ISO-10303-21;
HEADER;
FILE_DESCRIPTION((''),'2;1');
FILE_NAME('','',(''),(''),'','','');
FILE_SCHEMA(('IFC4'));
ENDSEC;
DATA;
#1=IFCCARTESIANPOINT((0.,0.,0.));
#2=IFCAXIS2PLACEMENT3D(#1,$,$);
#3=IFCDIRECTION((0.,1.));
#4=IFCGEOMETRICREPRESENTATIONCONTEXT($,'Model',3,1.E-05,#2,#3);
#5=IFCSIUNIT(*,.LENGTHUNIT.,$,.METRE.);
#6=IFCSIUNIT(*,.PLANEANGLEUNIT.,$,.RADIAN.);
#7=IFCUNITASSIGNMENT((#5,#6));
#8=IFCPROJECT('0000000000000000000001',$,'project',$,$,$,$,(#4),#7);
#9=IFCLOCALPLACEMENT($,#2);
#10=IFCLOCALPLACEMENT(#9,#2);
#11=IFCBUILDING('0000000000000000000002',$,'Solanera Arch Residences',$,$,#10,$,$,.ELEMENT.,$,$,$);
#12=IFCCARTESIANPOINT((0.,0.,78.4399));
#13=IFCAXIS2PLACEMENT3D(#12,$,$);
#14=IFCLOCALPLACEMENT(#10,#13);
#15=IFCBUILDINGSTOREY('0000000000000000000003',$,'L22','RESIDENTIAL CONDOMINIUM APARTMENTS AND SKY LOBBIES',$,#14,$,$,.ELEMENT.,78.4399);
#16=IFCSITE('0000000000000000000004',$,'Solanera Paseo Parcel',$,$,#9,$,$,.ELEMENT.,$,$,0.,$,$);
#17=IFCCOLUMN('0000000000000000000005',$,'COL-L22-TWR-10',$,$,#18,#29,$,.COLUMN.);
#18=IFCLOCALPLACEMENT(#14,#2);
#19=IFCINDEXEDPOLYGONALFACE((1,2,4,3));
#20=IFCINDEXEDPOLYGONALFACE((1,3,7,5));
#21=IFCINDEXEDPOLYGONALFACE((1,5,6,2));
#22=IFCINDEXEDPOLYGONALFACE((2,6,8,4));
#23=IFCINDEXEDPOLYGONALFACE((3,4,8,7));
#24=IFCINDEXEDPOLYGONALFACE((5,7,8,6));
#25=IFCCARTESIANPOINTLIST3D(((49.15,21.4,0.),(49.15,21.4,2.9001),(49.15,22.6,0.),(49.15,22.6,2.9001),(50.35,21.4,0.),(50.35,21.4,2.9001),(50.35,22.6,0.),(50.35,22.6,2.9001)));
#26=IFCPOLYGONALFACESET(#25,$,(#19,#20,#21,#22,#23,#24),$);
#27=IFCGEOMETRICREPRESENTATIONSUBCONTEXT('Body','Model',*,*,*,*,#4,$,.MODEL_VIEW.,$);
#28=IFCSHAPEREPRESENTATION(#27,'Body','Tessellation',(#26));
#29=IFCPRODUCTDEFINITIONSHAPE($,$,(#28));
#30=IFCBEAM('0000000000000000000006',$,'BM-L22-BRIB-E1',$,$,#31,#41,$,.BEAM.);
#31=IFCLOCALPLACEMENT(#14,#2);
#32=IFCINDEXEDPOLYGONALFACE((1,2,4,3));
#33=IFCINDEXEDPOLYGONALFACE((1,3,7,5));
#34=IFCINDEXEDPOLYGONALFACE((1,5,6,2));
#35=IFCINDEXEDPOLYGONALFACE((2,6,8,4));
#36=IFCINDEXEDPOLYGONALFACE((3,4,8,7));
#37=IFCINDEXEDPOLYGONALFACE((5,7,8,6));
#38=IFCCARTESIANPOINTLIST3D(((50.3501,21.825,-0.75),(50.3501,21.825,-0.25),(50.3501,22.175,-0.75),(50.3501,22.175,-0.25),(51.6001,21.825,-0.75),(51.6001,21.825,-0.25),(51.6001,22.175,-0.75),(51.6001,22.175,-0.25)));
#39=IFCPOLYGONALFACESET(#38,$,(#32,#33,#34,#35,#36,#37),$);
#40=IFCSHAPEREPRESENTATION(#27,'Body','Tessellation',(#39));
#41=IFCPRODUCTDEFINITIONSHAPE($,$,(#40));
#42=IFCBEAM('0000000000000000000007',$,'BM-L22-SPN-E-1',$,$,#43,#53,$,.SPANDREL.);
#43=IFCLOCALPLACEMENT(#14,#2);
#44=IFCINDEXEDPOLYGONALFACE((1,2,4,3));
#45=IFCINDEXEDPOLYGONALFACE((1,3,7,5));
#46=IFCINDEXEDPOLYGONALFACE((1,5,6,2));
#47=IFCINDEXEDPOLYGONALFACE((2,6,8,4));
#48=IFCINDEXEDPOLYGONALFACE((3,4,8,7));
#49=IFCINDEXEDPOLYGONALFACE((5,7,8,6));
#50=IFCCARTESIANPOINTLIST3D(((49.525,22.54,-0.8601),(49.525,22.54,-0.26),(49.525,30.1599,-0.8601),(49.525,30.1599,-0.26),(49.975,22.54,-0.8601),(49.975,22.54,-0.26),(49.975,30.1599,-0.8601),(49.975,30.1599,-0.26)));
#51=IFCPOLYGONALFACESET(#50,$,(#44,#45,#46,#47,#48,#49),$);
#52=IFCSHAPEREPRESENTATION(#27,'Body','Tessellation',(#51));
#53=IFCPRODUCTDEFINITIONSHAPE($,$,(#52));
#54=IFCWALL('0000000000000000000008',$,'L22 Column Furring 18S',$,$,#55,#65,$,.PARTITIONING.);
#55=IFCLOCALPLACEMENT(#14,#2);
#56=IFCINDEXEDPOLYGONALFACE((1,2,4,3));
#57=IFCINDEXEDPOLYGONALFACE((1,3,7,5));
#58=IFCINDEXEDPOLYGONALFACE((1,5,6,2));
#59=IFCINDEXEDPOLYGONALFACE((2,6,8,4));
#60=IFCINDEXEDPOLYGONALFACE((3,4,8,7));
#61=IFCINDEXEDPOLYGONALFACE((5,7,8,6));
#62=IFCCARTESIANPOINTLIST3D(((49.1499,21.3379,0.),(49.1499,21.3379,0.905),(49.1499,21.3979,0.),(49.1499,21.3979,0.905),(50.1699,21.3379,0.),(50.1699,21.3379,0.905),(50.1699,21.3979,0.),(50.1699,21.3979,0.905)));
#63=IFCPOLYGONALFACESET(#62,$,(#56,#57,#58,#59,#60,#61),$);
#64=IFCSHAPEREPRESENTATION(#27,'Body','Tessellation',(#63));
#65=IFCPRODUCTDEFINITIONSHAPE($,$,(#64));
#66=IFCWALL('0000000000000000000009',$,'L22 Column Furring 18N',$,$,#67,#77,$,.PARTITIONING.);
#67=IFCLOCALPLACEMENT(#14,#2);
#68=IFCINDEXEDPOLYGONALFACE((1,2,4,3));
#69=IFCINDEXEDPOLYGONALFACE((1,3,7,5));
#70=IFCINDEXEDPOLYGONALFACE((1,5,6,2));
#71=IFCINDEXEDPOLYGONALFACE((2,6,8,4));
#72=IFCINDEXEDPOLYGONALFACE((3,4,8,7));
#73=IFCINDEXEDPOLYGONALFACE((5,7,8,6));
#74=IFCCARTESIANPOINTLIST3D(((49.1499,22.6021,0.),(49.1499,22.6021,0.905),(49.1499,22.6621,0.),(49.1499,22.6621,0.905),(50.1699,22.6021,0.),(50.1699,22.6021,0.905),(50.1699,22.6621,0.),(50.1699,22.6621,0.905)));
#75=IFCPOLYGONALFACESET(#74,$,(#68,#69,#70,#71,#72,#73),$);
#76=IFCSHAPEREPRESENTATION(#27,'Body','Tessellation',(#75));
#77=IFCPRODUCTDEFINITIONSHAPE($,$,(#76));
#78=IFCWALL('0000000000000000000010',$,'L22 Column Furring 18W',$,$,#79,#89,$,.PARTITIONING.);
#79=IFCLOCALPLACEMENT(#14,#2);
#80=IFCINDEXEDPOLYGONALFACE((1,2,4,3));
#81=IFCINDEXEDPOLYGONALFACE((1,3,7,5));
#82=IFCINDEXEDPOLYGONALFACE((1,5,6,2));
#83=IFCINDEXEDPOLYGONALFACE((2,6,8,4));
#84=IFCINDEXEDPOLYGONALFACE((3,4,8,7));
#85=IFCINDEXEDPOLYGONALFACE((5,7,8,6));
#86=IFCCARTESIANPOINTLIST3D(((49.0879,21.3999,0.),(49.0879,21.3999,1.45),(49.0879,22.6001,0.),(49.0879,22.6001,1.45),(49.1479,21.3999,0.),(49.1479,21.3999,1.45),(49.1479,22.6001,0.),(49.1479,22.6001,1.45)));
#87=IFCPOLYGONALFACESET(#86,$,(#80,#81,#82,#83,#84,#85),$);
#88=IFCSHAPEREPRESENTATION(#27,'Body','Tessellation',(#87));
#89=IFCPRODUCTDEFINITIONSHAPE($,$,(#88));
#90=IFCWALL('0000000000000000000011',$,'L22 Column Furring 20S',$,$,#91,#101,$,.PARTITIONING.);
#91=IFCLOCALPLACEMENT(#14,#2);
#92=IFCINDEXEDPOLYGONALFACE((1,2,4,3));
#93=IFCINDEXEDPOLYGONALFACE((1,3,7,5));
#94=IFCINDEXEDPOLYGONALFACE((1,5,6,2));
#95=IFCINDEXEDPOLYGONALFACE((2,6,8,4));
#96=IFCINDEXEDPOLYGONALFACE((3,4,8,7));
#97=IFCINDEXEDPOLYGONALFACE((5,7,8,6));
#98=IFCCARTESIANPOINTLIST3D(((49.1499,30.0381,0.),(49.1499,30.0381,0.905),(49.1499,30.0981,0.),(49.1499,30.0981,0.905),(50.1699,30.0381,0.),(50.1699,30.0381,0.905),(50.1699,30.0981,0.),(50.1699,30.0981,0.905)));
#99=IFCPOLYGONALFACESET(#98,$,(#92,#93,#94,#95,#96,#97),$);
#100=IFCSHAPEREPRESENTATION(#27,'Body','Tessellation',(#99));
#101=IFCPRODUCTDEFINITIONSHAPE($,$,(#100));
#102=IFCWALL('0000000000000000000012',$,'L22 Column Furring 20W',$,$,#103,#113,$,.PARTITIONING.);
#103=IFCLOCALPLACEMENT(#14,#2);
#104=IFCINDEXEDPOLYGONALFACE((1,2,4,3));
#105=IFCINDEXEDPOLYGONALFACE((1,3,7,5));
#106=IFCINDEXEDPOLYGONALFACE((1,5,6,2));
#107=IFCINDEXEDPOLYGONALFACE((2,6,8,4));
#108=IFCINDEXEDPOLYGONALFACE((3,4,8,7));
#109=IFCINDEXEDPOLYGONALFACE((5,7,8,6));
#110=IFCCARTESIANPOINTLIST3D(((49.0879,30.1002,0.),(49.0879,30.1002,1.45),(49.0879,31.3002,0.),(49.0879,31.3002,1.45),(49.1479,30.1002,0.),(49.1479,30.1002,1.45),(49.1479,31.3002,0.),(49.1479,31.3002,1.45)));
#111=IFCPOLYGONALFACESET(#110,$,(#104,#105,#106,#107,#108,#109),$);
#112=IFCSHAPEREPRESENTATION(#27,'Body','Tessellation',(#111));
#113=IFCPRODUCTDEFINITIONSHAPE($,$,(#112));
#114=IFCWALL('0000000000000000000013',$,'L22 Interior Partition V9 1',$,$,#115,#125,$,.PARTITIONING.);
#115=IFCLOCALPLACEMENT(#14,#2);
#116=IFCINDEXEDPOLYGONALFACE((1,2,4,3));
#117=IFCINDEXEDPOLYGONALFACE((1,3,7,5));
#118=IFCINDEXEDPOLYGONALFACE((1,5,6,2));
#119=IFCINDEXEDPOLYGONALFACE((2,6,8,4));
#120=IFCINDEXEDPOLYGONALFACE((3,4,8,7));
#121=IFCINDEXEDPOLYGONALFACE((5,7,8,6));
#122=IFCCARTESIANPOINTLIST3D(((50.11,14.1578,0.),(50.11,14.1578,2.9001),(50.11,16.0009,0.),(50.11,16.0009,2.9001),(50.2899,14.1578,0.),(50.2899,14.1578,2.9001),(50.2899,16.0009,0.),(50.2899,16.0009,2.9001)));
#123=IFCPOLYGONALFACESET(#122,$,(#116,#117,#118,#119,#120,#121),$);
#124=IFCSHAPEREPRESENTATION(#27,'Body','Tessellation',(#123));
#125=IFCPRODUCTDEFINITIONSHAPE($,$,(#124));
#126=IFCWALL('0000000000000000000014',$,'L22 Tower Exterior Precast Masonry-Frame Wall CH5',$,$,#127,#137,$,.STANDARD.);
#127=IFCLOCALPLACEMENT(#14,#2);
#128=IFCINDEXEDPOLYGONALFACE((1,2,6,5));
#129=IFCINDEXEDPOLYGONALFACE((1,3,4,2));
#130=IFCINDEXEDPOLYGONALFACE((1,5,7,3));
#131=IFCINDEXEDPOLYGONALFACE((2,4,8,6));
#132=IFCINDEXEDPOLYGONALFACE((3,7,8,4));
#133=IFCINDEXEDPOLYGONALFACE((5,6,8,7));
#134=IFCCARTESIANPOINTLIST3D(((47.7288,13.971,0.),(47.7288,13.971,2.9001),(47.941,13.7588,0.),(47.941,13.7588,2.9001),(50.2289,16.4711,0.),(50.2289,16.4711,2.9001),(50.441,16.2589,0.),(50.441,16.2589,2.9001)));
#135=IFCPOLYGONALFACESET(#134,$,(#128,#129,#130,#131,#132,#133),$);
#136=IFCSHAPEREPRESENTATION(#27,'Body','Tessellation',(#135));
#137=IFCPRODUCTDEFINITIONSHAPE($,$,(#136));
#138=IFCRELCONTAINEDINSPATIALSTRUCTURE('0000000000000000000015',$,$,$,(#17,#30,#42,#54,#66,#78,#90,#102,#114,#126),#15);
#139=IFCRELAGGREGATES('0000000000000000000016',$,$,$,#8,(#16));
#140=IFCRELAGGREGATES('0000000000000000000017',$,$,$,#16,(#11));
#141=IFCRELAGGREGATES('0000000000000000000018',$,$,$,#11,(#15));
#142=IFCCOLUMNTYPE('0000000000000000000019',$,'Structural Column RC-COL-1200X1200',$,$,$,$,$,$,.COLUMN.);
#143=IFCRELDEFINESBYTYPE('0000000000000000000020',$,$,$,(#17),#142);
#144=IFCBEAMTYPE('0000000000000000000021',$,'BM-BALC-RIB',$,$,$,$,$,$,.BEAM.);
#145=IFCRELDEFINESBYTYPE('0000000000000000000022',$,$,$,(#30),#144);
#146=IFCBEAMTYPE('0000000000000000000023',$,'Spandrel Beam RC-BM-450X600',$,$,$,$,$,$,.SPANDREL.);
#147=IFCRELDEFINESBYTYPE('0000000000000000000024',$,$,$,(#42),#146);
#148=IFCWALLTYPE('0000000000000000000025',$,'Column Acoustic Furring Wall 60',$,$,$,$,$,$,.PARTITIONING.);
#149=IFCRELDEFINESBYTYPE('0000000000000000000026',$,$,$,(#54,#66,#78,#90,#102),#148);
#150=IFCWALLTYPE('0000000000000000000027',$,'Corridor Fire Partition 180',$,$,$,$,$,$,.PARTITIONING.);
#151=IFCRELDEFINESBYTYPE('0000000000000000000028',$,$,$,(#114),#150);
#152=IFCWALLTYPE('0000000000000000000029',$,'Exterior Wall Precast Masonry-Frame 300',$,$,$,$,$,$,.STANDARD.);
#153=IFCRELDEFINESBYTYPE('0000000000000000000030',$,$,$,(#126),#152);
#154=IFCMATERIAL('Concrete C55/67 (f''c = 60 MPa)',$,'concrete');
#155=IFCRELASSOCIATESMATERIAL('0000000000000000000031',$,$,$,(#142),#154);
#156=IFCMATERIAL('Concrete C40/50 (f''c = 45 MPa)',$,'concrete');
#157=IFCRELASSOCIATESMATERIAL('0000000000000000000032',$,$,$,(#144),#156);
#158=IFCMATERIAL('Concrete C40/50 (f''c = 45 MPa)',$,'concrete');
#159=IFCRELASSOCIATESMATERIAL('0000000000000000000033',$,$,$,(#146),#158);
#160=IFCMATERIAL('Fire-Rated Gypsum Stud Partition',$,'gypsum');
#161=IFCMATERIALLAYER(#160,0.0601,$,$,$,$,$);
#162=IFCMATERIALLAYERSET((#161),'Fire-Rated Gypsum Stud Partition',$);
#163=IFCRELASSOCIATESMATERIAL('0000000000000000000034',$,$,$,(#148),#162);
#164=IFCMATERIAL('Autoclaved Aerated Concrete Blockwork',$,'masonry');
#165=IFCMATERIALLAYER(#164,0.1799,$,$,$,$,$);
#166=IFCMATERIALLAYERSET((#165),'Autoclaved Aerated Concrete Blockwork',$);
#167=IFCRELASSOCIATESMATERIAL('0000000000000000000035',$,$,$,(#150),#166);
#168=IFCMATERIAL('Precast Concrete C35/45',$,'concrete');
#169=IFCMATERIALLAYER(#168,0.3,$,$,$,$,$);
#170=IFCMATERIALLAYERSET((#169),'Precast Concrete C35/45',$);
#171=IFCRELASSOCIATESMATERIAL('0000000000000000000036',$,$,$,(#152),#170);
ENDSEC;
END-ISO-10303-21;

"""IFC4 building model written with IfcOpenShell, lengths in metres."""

from ifc_helpers import new_model, si_unit, direction, frame, frame_2d, origin, origin_2d, place, context, subcontext, project, spatial, rectangle, extrude, material, layer, layer_set, material_profile, profile_set, type_object, element, save


model = new_model("IFC4")

# Units and contexts
model_context = context("Model", 3, precision=1e-05, world=origin(), true_north=direction((0.0, 1.0)))
body_context = subcontext(model_context, "Body", "Model", "MODEL_VIEW")
ifc_project = project(units=[si_unit("LENGTHUNIT", "METRE"), si_unit("PLANEANGLEUNIT", "RADIAN")], contexts=[model_context])

# Site, building, storey
site_placement = place(None, origin())
site = spatial("IfcSite", under=ifc_project, at=site_placement, Name="Solanera Paseo Parcel", CompositionType="ELEMENT", RefElevation=0.0)
building_placement = place(site_placement, origin())
building = spatial("IfcBuilding", under=site, at=building_placement, Name="Solanera Arch Residences", CompositionType="ELEMENT")
storey_placement = place(building_placement, frame((0.0, 0.0, 78.4399)))
storey = spatial("IfcBuildingStorey", under=building, at=storey_placement, Name="L22", Description="RESIDENTIAL CONDOMINIUM APARTMENTS AND SKY LOBBIES", CompositionType="ELEMENT", Elevation=78.4399)

# Column
ifc_material_1 = material(Name="Concrete C55/67 (f'c = 60 MPa)", Category="concrete")
ifc_material_profile_1 = material_profile(ifc_material_1, rectangle(XDim=1.2, YDim=1.2, at=origin_2d()))
ifc_profile_set_1 = profile_set([ifc_material_profile_1], Name="Concrete C55/67 (f'c = 60 MPa)")
column_type = type_object("IfcColumnType", Name="Structural Column RC-COL-1200X1200", PredefinedType="COLUMN", material=ifc_profile_set_1)
column_placement = place(storey_placement, frame((49.75, 22.0, 0.0), z_axis=(0.0, 0.0, 1.0), x_axis=(1.0, 0.0, 0.0)))
element("IfcColumn", 1, at=column_placement, inside=storey, type_object=column_type, Name="COL-L22-TWR-10", PredefinedType="COLUMN", context=body_context, shape_type="SweptSolid", body=[
    extrude(rectangle(XDim=1.2, YDim=1.2, at=origin_2d()), origin(), (0.0, 0.0, 1.0), 2.9001),
])

# Beams
ifc_material_2 = material(Name="Concrete C40/50 (f'c = 45 MPa)", Category="concrete")
ifc_material_profile_2 = material_profile(ifc_material_2, rectangle(XDim=0.3501, YDim=0.5, at=origin_2d()))
ifc_profile_set_2 = profile_set([ifc_material_profile_2], Name="Concrete C40/50 (f'c = 45 MPa)")
beam_type_1 = type_object("IfcBeamType", Name="BM-BALC-RIB", PredefinedType="BEAM", material=ifc_profile_set_2)
beam_1_placement = place(storey_placement, frame((50.3501, 22.0, -0.5), z_axis=(1.0, 0.0, 0.0), x_axis=(0.0, 1.0, 0.0)))
element("IfcBeam", 2, at=beam_1_placement, inside=storey, type_object=beam_type_1, Name="BM-L22-BRIB-E1", PredefinedType="BEAM", context=body_context, shape_type="SweptSolid", body=[
    extrude(rectangle(XDim=0.3501, YDim=0.5, at=origin_2d()), origin(), (0.0, 0.0, 1.0), 1.25),
])
ifc_material_3 = material(Name="Concrete C40/50 (f'c = 45 MPa)", Category="concrete")
ifc_material_profile_3 = material_profile(ifc_material_3, rectangle(XDim=0.45, YDim=0.6001, at=origin_2d()))
ifc_profile_set_3 = profile_set([ifc_material_profile_3], Name="Concrete C40/50 (f'c = 45 MPa)")
beam_type_2 = type_object("IfcBeamType", Name="Spandrel Beam RC-BM-450X600", PredefinedType="SPANDREL", material=ifc_profile_set_3)
beam_2_placement = place(storey_placement, frame((49.75, 22.54, -0.5601), z_axis=(0.0, 1.0, 0.0), x_axis=(-1.0, 0.0, 0.0)))
element("IfcBeam", 3, at=beam_2_placement, inside=storey, type_object=beam_type_2, Name="BM-L22-SPN-E-1", PredefinedType="SPANDREL", context=body_context, shape_type="SweptSolid", body=[
    extrude(rectangle(XDim=0.45, YDim=0.6001, at=origin_2d()), origin(), (0.0, 0.0, 1.0), 7.6199),
])

# Walls
ifc_material_4 = material(Name="Fire-Rated Gypsum Stud Partition", Category="gypsum")
ifc_layer_1 = layer(ifc_material_4, 0.0601)
ifc_layer_set_1 = layer_set([ifc_layer_1], Name="Fire-Rated Gypsum Stud Partition")
wall_type_1 = type_object("IfcWallType", Name="Column Acoustic Furring Wall 60", PredefinedType="PARTITIONING", material=ifc_layer_set_1)
for number, where, z_axis, x_axis, name in (
    (4, (49.1499, 21.3679, 0.0), (0.0, 0.0, 1.0), (1.0, 0.0, 0.0), "L22 Column Furring 18S"),
    (5, (49.1499, 22.6321, 0.0), (0.0, 0.0, 1.0), (1.0, 0.0, 0.0), "L22 Column Furring 18N"),
):
    element("IfcWall", number, at=place(storey_placement, frame(where, z_axis=z_axis, x_axis=x_axis)), inside=storey, type_object=wall_type_1, Name=name, PredefinedType="PARTITIONING", context=body_context, shape_type="SweptSolid", body=[
        extrude(rectangle(XDim=1.02, YDim=0.0601, at=frame_2d((0.51, 0.0))), origin(), (0.0, 0.0, 1.0), 0.905),
    ])
wall_1_placement = place(storey_placement, frame((49.1179, 21.3999, 0.0), z_axis=(0.0, 0.0, 1.0), x_axis=(0.0, 1.0, 0.0)))
element("IfcWall", 6, at=wall_1_placement, inside=storey, type_object=wall_type_1, Name="L22 Column Furring 18W", PredefinedType="PARTITIONING", context=body_context, shape_type="SweptSolid", body=[
    extrude(rectangle(XDim=1.2002, YDim=0.0601, at=frame_2d((0.6001, 0.0))), origin(), (0.0, 0.0, 1.0), 1.45),
])
wall_2_placement = place(storey_placement, frame((49.1499, 30.0681, 0.0), z_axis=(0.0, 0.0, 1.0), x_axis=(1.0, 0.0, 0.0)))
element("IfcWall", 7, at=wall_2_placement, inside=storey, type_object=wall_type_1, Name="L22 Column Furring 20S", PredefinedType="PARTITIONING", context=body_context, shape_type="SweptSolid", body=[
    extrude(rectangle(XDim=1.02, YDim=0.0601, at=frame_2d((0.51, 0.0))), origin(), (0.0, 0.0, 1.0), 0.905),
])
wall_3_placement = place(storey_placement, frame((49.1179, 30.1001, 0.0), z_axis=(0.0, 0.0, 1.0), x_axis=(0.0, 1.0, 0.0)))
element("IfcWall", 8, at=wall_3_placement, inside=storey, type_object=wall_type_1, Name="L22 Column Furring 20W", PredefinedType="PARTITIONING", context=body_context, shape_type="SweptSolid", body=[
    extrude(rectangle(XDim=1.2, YDim=0.0601, at=frame_2d((0.6001, 0.0))), origin(), (0.0, 0.0, 1.0), 1.45),
])
ifc_material_5 = material(Name="Autoclaved Aerated Concrete Blockwork", Category="masonry")
ifc_layer_2 = layer(ifc_material_5, 0.1799)
ifc_layer_set_2 = layer_set([ifc_layer_2], Name="Autoclaved Aerated Concrete Blockwork")
wall_type_2 = type_object("IfcWallType", Name="Corridor Fire Partition 180", PredefinedType="PARTITIONING", material=ifc_layer_set_2)
wall_4_placement = place(storey_placement, frame((50.2, 14.158, 0.0), z_axis=(0.0, 0.0, 1.0), x_axis=(0.0, 1.0, 0.0)))
element("IfcWall", 9, at=wall_4_placement, inside=storey, type_object=wall_type_2, Name="L22 Interior Partition V9 1", PredefinedType="PARTITIONING", context=body_context, shape_type="SweptSolid", body=[
    extrude(rectangle(XDim=1.843, YDim=0.1799, at=frame_2d((0.9214, 0.0))), origin(), (0.0, 0.0, 1.0), 2.9001),
])
ifc_material_6 = material(Name="Precast Concrete C35/45", Category="concrete")
ifc_layer_3 = layer(ifc_material_6, 0.3)
ifc_layer_set_3 = layer_set([ifc_layer_3], Name="Precast Concrete C35/45")
wall_type_3 = type_object("IfcWallType", Name="Exterior Wall Precast Masonry-Frame 300", PredefinedType="STANDARD", material=ifc_layer_set_3)
wall_5_placement = place(storey_placement, frame((50.335, 16.365, 0.0), z_axis=(0.0, 0.0, 1.0), x_axis=(-0.707107, -0.707107, 0.0)))
element("IfcWall", 10, at=wall_5_placement, inside=storey, type_object=wall_type_3, Name="L22 Tower Exterior Precast Masonry-Frame Wall CH5", PredefinedType="STANDARD", context=body_context, shape_type="SweptSolid", body=[
    extrude(rectangle(XDim=3.5356, YDim=0.3, at=frame_2d((1.7678, 0.0))), origin(), (0.0, 0.0, 1.0), 2.9001),
])

save(model, "model.ifc")
